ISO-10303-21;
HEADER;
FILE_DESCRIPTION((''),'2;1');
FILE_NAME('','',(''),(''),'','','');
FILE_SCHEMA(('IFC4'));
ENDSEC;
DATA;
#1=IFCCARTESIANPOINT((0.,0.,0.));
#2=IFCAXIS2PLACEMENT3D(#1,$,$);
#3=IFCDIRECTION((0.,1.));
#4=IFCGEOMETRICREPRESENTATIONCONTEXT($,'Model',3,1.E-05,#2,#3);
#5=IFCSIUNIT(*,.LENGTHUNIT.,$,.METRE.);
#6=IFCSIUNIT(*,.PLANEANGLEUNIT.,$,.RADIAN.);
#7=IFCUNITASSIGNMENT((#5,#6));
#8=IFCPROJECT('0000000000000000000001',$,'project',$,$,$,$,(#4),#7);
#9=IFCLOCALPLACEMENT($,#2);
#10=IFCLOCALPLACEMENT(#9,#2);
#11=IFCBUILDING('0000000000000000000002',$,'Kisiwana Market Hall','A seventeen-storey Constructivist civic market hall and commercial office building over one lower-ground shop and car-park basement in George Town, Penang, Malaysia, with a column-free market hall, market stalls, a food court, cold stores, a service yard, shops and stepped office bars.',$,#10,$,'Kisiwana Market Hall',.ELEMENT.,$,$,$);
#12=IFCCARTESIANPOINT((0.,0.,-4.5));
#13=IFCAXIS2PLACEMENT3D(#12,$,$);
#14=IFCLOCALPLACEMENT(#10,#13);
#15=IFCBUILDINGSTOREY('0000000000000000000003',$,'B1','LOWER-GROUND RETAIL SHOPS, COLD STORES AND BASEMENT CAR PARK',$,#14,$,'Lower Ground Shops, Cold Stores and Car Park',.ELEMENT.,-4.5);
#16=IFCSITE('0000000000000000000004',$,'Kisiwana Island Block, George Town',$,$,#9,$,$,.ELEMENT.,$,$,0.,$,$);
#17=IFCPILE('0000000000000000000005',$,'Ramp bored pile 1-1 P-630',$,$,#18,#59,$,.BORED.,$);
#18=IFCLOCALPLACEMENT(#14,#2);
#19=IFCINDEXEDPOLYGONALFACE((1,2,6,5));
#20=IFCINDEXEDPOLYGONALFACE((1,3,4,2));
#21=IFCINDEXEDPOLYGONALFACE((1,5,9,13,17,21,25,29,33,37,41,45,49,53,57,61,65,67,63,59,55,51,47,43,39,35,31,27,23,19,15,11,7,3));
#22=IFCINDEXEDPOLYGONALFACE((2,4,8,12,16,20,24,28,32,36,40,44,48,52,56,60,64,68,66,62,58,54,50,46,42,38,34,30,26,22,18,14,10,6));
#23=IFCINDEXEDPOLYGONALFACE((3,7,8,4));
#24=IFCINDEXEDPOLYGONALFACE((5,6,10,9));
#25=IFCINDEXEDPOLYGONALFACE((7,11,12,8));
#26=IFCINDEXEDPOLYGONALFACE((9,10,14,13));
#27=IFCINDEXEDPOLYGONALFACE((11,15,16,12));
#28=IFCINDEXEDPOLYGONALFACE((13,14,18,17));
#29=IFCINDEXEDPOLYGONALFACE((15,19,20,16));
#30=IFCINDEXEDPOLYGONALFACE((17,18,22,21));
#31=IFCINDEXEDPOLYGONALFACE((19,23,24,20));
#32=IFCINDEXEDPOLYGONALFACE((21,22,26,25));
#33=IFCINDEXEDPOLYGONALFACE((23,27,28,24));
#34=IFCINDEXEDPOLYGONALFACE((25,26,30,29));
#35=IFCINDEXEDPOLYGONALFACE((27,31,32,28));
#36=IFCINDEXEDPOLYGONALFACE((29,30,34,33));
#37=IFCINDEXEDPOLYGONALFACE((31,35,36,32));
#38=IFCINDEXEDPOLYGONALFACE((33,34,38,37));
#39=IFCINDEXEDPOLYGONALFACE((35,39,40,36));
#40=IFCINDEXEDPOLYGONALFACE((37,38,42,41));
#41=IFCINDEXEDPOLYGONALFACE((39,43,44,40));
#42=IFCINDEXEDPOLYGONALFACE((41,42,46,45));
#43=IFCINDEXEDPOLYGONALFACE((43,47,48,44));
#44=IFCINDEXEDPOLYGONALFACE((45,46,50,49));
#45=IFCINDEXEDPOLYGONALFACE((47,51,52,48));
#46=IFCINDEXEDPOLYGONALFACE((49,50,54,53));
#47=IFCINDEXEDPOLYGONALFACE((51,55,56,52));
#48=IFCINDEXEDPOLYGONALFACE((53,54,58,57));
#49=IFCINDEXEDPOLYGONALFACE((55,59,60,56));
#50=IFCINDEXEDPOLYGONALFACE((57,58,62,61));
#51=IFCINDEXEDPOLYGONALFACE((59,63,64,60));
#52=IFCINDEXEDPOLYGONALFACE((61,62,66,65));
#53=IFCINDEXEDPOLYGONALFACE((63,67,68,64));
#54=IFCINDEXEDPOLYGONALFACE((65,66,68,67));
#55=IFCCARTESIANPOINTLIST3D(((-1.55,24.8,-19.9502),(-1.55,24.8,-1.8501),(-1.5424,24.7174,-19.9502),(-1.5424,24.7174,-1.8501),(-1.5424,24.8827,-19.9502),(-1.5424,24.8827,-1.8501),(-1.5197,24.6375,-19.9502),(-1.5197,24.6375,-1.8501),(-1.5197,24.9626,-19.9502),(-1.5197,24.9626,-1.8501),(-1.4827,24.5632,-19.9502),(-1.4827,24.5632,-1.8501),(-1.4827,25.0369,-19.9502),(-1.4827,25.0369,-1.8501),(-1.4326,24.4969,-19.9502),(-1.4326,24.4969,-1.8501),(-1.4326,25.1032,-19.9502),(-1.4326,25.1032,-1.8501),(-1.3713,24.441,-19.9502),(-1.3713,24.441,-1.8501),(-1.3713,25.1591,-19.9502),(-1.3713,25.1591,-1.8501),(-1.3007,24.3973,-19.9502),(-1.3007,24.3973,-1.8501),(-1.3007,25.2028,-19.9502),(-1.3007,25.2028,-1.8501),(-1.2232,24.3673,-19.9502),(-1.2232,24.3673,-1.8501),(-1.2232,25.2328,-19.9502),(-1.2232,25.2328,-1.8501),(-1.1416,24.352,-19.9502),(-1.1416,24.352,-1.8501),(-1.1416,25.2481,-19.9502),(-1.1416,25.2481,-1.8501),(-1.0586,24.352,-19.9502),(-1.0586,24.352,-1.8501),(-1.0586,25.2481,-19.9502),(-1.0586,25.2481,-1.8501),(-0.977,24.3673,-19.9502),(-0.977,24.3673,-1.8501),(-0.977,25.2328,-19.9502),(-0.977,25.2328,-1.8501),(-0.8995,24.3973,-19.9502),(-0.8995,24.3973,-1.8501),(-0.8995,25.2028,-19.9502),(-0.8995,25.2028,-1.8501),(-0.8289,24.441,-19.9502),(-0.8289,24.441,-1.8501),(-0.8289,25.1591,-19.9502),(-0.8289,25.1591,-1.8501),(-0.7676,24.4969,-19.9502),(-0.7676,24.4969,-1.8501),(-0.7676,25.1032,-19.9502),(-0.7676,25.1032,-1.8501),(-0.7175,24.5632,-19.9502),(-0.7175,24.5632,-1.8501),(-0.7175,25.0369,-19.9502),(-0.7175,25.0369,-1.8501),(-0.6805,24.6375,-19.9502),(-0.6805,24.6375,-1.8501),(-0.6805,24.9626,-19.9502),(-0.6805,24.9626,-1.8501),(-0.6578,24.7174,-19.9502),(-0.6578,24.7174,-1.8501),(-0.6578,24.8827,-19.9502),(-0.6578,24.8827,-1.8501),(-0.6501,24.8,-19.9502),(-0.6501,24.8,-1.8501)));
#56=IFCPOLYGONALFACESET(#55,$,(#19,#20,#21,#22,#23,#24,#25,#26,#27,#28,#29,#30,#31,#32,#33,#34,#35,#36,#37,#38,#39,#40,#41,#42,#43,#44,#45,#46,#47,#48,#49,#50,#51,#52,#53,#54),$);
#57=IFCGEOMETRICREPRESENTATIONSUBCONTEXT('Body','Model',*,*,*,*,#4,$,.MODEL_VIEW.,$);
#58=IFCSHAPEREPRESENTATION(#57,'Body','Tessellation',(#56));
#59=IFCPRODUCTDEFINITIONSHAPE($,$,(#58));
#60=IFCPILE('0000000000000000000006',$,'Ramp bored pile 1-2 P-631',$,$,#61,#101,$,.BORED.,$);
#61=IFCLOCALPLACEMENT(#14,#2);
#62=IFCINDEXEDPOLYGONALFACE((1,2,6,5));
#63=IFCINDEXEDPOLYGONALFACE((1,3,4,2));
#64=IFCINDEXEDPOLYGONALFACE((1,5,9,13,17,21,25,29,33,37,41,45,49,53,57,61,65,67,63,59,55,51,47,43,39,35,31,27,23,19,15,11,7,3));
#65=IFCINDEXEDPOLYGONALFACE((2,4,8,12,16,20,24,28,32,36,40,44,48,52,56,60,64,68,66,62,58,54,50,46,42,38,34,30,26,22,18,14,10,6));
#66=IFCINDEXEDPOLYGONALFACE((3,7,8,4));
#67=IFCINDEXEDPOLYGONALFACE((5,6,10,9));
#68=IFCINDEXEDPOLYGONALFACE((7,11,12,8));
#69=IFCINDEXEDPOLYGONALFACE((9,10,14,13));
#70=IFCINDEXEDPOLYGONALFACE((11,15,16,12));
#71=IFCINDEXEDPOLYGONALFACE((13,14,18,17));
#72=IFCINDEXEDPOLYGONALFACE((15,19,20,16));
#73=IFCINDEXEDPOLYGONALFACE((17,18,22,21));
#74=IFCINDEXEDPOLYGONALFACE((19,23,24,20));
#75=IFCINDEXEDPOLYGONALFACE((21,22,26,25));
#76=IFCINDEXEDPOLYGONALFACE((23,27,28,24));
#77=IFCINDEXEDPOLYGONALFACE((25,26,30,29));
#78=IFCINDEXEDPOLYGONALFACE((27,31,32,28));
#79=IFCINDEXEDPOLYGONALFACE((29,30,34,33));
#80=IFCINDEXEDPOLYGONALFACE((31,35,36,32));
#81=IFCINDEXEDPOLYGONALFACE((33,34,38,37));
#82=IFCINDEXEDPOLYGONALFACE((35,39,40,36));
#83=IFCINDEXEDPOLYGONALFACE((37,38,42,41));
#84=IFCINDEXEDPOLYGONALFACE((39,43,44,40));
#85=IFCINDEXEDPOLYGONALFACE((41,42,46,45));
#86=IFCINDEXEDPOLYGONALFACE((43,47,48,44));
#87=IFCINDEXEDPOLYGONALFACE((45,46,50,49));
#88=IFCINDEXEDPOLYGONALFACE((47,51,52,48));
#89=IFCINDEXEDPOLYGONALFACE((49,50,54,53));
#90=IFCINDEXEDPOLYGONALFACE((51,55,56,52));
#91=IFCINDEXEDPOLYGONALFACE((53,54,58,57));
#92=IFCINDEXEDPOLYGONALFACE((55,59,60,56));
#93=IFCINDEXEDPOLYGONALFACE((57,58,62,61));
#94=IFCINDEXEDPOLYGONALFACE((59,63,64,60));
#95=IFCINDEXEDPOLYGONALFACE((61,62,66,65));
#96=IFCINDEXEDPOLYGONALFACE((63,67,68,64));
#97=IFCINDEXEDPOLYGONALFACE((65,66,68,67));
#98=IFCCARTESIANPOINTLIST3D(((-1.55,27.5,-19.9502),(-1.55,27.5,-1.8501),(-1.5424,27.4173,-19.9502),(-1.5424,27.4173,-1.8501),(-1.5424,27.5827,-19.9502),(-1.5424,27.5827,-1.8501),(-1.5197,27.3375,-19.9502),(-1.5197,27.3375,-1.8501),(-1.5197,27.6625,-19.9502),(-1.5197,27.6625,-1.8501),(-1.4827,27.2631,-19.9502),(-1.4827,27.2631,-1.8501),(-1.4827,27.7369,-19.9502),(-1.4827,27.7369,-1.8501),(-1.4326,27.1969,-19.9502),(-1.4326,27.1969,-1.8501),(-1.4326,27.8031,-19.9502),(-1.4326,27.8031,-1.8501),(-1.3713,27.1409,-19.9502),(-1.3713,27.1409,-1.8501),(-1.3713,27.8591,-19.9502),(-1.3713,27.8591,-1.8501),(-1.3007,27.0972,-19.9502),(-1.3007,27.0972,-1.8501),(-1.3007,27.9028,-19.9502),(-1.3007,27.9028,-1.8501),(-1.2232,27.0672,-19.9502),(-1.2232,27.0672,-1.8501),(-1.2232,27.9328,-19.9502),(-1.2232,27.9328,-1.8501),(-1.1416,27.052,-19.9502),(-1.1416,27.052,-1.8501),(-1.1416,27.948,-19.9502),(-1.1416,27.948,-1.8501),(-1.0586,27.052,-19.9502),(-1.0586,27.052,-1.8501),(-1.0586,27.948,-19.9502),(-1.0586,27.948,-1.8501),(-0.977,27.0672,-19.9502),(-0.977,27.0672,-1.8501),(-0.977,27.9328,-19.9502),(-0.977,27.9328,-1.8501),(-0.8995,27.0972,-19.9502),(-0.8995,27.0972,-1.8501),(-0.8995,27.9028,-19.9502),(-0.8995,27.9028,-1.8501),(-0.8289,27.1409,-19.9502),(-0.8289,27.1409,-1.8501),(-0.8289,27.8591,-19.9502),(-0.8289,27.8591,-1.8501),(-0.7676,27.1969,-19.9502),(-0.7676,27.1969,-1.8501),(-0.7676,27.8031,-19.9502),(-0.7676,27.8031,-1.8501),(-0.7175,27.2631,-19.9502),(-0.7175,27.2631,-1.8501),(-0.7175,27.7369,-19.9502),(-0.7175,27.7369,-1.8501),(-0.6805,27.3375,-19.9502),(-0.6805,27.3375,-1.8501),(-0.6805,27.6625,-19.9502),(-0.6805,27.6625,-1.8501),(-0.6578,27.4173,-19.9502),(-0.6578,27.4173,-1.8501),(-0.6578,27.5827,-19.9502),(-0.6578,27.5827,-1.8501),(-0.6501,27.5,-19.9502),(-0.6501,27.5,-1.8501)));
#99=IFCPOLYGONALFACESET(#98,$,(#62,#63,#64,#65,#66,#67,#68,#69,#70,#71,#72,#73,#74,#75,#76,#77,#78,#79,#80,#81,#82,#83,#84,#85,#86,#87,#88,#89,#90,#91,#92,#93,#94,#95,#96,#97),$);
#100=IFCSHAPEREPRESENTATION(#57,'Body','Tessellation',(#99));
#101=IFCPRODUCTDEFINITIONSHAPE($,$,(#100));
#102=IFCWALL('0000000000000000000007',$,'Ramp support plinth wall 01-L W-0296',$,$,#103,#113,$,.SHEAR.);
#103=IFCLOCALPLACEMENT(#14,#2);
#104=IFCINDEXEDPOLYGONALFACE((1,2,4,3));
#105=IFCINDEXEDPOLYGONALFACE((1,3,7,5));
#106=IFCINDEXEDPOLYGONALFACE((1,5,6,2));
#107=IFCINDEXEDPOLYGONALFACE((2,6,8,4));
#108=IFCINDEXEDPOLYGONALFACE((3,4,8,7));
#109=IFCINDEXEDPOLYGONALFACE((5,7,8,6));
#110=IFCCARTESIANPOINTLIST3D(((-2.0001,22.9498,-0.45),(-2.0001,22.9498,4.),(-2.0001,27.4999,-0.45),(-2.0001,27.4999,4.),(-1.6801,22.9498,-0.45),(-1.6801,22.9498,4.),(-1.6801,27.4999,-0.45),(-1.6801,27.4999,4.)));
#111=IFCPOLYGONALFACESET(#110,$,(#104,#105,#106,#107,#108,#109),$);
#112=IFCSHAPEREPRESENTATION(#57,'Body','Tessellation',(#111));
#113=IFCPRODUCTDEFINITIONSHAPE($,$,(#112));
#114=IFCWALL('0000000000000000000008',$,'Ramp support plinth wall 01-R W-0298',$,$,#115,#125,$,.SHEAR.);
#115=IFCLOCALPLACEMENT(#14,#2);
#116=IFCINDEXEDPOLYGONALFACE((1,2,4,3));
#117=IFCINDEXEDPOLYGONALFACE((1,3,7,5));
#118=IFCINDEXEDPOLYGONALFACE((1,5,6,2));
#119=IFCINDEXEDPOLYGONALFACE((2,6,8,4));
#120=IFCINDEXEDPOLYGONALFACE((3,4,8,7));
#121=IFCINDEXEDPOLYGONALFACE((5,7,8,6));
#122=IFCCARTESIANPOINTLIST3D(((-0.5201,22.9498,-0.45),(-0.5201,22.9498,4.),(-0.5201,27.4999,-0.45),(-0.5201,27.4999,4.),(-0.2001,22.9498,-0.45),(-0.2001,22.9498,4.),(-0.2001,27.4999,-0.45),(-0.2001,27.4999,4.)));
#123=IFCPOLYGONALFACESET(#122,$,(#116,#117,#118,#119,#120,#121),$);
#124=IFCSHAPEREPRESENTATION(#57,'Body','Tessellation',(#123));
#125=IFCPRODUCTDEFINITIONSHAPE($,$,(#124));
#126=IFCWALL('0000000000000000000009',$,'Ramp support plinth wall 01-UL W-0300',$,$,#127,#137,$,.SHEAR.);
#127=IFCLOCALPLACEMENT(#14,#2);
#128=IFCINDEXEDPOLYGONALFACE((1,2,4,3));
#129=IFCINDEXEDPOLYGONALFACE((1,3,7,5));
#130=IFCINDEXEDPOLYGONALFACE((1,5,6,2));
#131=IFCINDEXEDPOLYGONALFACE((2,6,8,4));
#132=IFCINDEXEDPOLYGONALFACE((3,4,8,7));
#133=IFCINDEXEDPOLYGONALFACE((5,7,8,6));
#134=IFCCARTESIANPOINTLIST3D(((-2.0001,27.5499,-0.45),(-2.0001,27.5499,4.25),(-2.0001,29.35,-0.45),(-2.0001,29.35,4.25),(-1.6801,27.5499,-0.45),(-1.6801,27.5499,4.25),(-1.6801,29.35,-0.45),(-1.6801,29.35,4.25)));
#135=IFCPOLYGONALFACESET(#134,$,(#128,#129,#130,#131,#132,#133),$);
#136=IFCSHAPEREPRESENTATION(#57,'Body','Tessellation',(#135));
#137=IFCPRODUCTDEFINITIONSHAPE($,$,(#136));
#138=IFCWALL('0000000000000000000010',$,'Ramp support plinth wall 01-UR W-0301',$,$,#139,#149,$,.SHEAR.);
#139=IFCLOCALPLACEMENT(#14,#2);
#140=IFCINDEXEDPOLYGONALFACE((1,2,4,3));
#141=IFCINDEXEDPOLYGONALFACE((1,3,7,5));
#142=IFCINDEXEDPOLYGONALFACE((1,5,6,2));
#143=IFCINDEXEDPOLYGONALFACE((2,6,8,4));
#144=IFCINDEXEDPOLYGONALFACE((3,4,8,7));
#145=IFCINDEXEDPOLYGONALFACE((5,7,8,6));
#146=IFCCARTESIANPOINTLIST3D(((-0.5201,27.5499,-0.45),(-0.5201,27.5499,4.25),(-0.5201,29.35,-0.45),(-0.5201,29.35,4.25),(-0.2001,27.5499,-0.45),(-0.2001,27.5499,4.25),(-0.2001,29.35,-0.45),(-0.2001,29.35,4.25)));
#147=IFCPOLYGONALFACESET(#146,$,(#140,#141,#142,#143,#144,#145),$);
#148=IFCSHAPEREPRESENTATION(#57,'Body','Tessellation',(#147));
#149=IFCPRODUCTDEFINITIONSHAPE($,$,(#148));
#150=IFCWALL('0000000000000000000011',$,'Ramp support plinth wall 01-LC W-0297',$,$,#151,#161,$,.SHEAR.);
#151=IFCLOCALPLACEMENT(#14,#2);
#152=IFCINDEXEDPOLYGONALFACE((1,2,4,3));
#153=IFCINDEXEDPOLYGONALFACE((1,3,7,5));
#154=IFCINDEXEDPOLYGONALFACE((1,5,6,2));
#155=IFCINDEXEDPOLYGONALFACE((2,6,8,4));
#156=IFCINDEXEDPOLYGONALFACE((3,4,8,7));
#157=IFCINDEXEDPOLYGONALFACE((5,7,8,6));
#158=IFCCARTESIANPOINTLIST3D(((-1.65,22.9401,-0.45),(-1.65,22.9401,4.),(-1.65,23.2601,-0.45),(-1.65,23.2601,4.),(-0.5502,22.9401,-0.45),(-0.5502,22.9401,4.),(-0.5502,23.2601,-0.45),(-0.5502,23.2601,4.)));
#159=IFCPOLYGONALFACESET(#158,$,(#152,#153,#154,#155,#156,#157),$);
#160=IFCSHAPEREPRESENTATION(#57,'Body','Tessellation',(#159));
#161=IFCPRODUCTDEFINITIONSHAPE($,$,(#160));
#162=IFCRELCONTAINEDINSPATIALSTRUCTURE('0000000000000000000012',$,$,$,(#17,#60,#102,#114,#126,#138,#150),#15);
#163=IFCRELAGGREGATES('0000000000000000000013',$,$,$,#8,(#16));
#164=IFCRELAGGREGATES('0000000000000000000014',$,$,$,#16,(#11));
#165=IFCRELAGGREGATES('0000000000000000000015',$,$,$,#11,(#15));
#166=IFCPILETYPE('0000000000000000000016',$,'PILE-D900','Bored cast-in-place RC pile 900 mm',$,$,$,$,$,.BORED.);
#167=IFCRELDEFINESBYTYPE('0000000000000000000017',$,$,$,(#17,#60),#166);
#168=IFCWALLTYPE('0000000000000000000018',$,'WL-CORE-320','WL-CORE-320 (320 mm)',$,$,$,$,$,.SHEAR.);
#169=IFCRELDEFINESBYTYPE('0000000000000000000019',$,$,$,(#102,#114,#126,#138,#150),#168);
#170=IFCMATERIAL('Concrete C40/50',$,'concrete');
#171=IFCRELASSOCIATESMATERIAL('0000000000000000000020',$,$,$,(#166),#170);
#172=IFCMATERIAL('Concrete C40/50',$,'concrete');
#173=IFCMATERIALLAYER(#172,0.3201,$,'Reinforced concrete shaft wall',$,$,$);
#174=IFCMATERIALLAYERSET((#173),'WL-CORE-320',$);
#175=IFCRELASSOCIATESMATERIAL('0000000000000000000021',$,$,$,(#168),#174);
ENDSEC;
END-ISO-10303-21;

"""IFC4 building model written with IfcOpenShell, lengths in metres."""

from ifc_helpers import new_model, si_unit, direction, frame, frame_2d, origin, origin_2d, place, context, subcontext, project, spatial, rectangle, circle, extrude, material, layer, layer_set, material_profile, profile_set, type_object, element, save


model = new_model("IFC4")

# Units and contexts
model_context = context("Model", 3, precision=1e-05, world=origin(), true_north=direction((0.0, 1.0)))
body_context = subcontext(model_context, "Body", "Model", "MODEL_VIEW")
ifc_project = project(units=[si_unit("LENGTHUNIT", "METRE"), si_unit("PLANEANGLEUNIT", "RADIAN")], contexts=[model_context])

# Site, building, storey
site_placement = place(None, origin())
site = spatial("IfcSite", under=ifc_project, at=site_placement, Name="Kisiwana Island Block, George Town", CompositionType="ELEMENT", RefElevation=0.0)
building_placement = place(site_placement, origin())
building = spatial("IfcBuilding", under=site, at=building_placement, Name="Kisiwana Market Hall", Description="A seventeen-storey Constructivist civic market hall and commercial office building over one lower-ground shop and car-park basement in George Town, Penang, Malaysia, with a column-free market hall, market stalls, a food court, cold stores, a service yard, shops and stepped office bars.", LongName="Kisiwana Market Hall", CompositionType="ELEMENT")
storey_placement = place(building_placement, frame((0.0, 0.0, -4.5)))
storey = spatial("IfcBuildingStorey", under=building, at=storey_placement, Name="B1", Description="LOWER-GROUND RETAIL SHOPS, COLD STORES AND BASEMENT CAR PARK", LongName="Lower Ground Shops, Cold Stores and Car Park", CompositionType="ELEMENT", Elevation=-4.5)

# Piles
ifc_material_1 = material(Name="Concrete C40/50", Category="concrete")
ifc_material_profile_1 = material_profile(ifc_material_1, circle(Radius=0.45, at=origin_2d()), Name="BP D900")
ifc_profile_set_1 = profile_set([ifc_material_profile_1], Name="Concrete C40/50")
pile_type_1 = type_object("IfcPileType", Name="PILE-D900", Description="Bored cast-in-place RC pile 900 mm", PredefinedType="BORED", material=ifc_profile_set_1)
for number, where, z_axis, x_axis, name in (
    (1, (-1.1001, 24.8, -1.8501), (0.0, 0.0, -1.0), (1.0, 0.0, 0.0), "Ramp bored pile 1-1 P-630"),
    (2, (-1.1001, 27.5, -1.8501), (0.0, 0.0, -1.0), (1.0, 0.0, 0.0), "Ramp bored pile 1-2 P-631"),
):
    element("IfcPile", number, at=place(storey_placement, frame(where, z_axis=z_axis, x_axis=x_axis)), inside=storey, type_object=pile_type_1, Name=name, PredefinedType="BORED", context=body_context, shape_type="SweptSolid", body=[
        extrude(circle(Radius=0.45, at=origin_2d()), origin(), (0.0, 0.0, 1.0), 18.1001),
    ])

# Walls
ifc_material_2 = material(Name="Concrete C40/50", Category="concrete")
ifc_layer = layer(ifc_material_2, 0.3201, Name="Reinforced concrete shaft wall")
ifc_layer_set = layer_set([ifc_layer], Name="WL-CORE-320")
wall_type = type_object("IfcWallType", Name="WL-CORE-320", Description="WL-CORE-320 (320 mm)", PredefinedType="SHEAR", material=ifc_layer_set)
for number, where, z_axis, x_axis, name in (
    (3, (-1.8401, 22.95, -0.45), (0.0, 0.0, 1.0), (0.0, 1.0, 0.0), "Ramp support plinth wall 01-L W-0296"),
    (4, (-0.3601, 22.95, -0.45), (0.0, 0.0, 1.0), (0.0, 1.0, 0.0), "Ramp support plinth wall 01-R W-0298"),
):
    element("IfcWall", number, at=place(storey_placement, frame(where, z_axis=z_axis, x_axis=x_axis)), inside=storey, type_object=wall_type, Name=name, PredefinedType="SHEAR", context=body_context, shape_type="SweptSolid", body=[
        extrude(rectangle(XDim=4.55, YDim=0.3201, at=frame_2d((2.2749, 0.0))), origin(), (0.0, 0.0, 1.0), 4.45),
    ])
for number, where, z_axis, x_axis, name in (
    (5, (-1.8401, 27.55, -0.45), (0.0, 0.0, 1.0), (0.0, 1.0, 0.0), "Ramp support plinth wall 01-UL W-0300"),
    (6, (-0.3601, 27.55, -0.45), (0.0, 0.0, 1.0), (0.0, 1.0, 0.0), "Ramp support plinth wall 01-UR W-0301"),
):
    element("IfcWall", number, at=place(storey_placement, frame(where, z_axis=z_axis, x_axis=x_axis)), inside=storey, type_object=wall_type, Name=name, PredefinedType="SHEAR", context=body_context, shape_type="SweptSolid", body=[
        extrude(rectangle(XDim=1.8, YDim=0.3201, at=frame_2d((0.8999, 0.0))), origin(), (0.0, 0.0, 1.0), 4.7),
    ])
wall_placement = place(storey_placement, frame((-1.6499, 23.1001, -0.45), z_axis=(0.0, 0.0, 1.0), x_axis=(1.0, 0.0, 0.0)))
element("IfcWall", 7, at=wall_placement, inside=storey, type_object=wall_type, Name="Ramp support plinth wall 01-LC W-0297", PredefinedType="SHEAR", context=body_context, shape_type="SweptSolid", body=[
    extrude(rectangle(XDim=1.0999, YDim=0.3201, at=frame_2d((0.5498, 0.0))), origin(), (0.0, 0.0, 1.0), 4.45),
])

save(model, "model.ifc")
